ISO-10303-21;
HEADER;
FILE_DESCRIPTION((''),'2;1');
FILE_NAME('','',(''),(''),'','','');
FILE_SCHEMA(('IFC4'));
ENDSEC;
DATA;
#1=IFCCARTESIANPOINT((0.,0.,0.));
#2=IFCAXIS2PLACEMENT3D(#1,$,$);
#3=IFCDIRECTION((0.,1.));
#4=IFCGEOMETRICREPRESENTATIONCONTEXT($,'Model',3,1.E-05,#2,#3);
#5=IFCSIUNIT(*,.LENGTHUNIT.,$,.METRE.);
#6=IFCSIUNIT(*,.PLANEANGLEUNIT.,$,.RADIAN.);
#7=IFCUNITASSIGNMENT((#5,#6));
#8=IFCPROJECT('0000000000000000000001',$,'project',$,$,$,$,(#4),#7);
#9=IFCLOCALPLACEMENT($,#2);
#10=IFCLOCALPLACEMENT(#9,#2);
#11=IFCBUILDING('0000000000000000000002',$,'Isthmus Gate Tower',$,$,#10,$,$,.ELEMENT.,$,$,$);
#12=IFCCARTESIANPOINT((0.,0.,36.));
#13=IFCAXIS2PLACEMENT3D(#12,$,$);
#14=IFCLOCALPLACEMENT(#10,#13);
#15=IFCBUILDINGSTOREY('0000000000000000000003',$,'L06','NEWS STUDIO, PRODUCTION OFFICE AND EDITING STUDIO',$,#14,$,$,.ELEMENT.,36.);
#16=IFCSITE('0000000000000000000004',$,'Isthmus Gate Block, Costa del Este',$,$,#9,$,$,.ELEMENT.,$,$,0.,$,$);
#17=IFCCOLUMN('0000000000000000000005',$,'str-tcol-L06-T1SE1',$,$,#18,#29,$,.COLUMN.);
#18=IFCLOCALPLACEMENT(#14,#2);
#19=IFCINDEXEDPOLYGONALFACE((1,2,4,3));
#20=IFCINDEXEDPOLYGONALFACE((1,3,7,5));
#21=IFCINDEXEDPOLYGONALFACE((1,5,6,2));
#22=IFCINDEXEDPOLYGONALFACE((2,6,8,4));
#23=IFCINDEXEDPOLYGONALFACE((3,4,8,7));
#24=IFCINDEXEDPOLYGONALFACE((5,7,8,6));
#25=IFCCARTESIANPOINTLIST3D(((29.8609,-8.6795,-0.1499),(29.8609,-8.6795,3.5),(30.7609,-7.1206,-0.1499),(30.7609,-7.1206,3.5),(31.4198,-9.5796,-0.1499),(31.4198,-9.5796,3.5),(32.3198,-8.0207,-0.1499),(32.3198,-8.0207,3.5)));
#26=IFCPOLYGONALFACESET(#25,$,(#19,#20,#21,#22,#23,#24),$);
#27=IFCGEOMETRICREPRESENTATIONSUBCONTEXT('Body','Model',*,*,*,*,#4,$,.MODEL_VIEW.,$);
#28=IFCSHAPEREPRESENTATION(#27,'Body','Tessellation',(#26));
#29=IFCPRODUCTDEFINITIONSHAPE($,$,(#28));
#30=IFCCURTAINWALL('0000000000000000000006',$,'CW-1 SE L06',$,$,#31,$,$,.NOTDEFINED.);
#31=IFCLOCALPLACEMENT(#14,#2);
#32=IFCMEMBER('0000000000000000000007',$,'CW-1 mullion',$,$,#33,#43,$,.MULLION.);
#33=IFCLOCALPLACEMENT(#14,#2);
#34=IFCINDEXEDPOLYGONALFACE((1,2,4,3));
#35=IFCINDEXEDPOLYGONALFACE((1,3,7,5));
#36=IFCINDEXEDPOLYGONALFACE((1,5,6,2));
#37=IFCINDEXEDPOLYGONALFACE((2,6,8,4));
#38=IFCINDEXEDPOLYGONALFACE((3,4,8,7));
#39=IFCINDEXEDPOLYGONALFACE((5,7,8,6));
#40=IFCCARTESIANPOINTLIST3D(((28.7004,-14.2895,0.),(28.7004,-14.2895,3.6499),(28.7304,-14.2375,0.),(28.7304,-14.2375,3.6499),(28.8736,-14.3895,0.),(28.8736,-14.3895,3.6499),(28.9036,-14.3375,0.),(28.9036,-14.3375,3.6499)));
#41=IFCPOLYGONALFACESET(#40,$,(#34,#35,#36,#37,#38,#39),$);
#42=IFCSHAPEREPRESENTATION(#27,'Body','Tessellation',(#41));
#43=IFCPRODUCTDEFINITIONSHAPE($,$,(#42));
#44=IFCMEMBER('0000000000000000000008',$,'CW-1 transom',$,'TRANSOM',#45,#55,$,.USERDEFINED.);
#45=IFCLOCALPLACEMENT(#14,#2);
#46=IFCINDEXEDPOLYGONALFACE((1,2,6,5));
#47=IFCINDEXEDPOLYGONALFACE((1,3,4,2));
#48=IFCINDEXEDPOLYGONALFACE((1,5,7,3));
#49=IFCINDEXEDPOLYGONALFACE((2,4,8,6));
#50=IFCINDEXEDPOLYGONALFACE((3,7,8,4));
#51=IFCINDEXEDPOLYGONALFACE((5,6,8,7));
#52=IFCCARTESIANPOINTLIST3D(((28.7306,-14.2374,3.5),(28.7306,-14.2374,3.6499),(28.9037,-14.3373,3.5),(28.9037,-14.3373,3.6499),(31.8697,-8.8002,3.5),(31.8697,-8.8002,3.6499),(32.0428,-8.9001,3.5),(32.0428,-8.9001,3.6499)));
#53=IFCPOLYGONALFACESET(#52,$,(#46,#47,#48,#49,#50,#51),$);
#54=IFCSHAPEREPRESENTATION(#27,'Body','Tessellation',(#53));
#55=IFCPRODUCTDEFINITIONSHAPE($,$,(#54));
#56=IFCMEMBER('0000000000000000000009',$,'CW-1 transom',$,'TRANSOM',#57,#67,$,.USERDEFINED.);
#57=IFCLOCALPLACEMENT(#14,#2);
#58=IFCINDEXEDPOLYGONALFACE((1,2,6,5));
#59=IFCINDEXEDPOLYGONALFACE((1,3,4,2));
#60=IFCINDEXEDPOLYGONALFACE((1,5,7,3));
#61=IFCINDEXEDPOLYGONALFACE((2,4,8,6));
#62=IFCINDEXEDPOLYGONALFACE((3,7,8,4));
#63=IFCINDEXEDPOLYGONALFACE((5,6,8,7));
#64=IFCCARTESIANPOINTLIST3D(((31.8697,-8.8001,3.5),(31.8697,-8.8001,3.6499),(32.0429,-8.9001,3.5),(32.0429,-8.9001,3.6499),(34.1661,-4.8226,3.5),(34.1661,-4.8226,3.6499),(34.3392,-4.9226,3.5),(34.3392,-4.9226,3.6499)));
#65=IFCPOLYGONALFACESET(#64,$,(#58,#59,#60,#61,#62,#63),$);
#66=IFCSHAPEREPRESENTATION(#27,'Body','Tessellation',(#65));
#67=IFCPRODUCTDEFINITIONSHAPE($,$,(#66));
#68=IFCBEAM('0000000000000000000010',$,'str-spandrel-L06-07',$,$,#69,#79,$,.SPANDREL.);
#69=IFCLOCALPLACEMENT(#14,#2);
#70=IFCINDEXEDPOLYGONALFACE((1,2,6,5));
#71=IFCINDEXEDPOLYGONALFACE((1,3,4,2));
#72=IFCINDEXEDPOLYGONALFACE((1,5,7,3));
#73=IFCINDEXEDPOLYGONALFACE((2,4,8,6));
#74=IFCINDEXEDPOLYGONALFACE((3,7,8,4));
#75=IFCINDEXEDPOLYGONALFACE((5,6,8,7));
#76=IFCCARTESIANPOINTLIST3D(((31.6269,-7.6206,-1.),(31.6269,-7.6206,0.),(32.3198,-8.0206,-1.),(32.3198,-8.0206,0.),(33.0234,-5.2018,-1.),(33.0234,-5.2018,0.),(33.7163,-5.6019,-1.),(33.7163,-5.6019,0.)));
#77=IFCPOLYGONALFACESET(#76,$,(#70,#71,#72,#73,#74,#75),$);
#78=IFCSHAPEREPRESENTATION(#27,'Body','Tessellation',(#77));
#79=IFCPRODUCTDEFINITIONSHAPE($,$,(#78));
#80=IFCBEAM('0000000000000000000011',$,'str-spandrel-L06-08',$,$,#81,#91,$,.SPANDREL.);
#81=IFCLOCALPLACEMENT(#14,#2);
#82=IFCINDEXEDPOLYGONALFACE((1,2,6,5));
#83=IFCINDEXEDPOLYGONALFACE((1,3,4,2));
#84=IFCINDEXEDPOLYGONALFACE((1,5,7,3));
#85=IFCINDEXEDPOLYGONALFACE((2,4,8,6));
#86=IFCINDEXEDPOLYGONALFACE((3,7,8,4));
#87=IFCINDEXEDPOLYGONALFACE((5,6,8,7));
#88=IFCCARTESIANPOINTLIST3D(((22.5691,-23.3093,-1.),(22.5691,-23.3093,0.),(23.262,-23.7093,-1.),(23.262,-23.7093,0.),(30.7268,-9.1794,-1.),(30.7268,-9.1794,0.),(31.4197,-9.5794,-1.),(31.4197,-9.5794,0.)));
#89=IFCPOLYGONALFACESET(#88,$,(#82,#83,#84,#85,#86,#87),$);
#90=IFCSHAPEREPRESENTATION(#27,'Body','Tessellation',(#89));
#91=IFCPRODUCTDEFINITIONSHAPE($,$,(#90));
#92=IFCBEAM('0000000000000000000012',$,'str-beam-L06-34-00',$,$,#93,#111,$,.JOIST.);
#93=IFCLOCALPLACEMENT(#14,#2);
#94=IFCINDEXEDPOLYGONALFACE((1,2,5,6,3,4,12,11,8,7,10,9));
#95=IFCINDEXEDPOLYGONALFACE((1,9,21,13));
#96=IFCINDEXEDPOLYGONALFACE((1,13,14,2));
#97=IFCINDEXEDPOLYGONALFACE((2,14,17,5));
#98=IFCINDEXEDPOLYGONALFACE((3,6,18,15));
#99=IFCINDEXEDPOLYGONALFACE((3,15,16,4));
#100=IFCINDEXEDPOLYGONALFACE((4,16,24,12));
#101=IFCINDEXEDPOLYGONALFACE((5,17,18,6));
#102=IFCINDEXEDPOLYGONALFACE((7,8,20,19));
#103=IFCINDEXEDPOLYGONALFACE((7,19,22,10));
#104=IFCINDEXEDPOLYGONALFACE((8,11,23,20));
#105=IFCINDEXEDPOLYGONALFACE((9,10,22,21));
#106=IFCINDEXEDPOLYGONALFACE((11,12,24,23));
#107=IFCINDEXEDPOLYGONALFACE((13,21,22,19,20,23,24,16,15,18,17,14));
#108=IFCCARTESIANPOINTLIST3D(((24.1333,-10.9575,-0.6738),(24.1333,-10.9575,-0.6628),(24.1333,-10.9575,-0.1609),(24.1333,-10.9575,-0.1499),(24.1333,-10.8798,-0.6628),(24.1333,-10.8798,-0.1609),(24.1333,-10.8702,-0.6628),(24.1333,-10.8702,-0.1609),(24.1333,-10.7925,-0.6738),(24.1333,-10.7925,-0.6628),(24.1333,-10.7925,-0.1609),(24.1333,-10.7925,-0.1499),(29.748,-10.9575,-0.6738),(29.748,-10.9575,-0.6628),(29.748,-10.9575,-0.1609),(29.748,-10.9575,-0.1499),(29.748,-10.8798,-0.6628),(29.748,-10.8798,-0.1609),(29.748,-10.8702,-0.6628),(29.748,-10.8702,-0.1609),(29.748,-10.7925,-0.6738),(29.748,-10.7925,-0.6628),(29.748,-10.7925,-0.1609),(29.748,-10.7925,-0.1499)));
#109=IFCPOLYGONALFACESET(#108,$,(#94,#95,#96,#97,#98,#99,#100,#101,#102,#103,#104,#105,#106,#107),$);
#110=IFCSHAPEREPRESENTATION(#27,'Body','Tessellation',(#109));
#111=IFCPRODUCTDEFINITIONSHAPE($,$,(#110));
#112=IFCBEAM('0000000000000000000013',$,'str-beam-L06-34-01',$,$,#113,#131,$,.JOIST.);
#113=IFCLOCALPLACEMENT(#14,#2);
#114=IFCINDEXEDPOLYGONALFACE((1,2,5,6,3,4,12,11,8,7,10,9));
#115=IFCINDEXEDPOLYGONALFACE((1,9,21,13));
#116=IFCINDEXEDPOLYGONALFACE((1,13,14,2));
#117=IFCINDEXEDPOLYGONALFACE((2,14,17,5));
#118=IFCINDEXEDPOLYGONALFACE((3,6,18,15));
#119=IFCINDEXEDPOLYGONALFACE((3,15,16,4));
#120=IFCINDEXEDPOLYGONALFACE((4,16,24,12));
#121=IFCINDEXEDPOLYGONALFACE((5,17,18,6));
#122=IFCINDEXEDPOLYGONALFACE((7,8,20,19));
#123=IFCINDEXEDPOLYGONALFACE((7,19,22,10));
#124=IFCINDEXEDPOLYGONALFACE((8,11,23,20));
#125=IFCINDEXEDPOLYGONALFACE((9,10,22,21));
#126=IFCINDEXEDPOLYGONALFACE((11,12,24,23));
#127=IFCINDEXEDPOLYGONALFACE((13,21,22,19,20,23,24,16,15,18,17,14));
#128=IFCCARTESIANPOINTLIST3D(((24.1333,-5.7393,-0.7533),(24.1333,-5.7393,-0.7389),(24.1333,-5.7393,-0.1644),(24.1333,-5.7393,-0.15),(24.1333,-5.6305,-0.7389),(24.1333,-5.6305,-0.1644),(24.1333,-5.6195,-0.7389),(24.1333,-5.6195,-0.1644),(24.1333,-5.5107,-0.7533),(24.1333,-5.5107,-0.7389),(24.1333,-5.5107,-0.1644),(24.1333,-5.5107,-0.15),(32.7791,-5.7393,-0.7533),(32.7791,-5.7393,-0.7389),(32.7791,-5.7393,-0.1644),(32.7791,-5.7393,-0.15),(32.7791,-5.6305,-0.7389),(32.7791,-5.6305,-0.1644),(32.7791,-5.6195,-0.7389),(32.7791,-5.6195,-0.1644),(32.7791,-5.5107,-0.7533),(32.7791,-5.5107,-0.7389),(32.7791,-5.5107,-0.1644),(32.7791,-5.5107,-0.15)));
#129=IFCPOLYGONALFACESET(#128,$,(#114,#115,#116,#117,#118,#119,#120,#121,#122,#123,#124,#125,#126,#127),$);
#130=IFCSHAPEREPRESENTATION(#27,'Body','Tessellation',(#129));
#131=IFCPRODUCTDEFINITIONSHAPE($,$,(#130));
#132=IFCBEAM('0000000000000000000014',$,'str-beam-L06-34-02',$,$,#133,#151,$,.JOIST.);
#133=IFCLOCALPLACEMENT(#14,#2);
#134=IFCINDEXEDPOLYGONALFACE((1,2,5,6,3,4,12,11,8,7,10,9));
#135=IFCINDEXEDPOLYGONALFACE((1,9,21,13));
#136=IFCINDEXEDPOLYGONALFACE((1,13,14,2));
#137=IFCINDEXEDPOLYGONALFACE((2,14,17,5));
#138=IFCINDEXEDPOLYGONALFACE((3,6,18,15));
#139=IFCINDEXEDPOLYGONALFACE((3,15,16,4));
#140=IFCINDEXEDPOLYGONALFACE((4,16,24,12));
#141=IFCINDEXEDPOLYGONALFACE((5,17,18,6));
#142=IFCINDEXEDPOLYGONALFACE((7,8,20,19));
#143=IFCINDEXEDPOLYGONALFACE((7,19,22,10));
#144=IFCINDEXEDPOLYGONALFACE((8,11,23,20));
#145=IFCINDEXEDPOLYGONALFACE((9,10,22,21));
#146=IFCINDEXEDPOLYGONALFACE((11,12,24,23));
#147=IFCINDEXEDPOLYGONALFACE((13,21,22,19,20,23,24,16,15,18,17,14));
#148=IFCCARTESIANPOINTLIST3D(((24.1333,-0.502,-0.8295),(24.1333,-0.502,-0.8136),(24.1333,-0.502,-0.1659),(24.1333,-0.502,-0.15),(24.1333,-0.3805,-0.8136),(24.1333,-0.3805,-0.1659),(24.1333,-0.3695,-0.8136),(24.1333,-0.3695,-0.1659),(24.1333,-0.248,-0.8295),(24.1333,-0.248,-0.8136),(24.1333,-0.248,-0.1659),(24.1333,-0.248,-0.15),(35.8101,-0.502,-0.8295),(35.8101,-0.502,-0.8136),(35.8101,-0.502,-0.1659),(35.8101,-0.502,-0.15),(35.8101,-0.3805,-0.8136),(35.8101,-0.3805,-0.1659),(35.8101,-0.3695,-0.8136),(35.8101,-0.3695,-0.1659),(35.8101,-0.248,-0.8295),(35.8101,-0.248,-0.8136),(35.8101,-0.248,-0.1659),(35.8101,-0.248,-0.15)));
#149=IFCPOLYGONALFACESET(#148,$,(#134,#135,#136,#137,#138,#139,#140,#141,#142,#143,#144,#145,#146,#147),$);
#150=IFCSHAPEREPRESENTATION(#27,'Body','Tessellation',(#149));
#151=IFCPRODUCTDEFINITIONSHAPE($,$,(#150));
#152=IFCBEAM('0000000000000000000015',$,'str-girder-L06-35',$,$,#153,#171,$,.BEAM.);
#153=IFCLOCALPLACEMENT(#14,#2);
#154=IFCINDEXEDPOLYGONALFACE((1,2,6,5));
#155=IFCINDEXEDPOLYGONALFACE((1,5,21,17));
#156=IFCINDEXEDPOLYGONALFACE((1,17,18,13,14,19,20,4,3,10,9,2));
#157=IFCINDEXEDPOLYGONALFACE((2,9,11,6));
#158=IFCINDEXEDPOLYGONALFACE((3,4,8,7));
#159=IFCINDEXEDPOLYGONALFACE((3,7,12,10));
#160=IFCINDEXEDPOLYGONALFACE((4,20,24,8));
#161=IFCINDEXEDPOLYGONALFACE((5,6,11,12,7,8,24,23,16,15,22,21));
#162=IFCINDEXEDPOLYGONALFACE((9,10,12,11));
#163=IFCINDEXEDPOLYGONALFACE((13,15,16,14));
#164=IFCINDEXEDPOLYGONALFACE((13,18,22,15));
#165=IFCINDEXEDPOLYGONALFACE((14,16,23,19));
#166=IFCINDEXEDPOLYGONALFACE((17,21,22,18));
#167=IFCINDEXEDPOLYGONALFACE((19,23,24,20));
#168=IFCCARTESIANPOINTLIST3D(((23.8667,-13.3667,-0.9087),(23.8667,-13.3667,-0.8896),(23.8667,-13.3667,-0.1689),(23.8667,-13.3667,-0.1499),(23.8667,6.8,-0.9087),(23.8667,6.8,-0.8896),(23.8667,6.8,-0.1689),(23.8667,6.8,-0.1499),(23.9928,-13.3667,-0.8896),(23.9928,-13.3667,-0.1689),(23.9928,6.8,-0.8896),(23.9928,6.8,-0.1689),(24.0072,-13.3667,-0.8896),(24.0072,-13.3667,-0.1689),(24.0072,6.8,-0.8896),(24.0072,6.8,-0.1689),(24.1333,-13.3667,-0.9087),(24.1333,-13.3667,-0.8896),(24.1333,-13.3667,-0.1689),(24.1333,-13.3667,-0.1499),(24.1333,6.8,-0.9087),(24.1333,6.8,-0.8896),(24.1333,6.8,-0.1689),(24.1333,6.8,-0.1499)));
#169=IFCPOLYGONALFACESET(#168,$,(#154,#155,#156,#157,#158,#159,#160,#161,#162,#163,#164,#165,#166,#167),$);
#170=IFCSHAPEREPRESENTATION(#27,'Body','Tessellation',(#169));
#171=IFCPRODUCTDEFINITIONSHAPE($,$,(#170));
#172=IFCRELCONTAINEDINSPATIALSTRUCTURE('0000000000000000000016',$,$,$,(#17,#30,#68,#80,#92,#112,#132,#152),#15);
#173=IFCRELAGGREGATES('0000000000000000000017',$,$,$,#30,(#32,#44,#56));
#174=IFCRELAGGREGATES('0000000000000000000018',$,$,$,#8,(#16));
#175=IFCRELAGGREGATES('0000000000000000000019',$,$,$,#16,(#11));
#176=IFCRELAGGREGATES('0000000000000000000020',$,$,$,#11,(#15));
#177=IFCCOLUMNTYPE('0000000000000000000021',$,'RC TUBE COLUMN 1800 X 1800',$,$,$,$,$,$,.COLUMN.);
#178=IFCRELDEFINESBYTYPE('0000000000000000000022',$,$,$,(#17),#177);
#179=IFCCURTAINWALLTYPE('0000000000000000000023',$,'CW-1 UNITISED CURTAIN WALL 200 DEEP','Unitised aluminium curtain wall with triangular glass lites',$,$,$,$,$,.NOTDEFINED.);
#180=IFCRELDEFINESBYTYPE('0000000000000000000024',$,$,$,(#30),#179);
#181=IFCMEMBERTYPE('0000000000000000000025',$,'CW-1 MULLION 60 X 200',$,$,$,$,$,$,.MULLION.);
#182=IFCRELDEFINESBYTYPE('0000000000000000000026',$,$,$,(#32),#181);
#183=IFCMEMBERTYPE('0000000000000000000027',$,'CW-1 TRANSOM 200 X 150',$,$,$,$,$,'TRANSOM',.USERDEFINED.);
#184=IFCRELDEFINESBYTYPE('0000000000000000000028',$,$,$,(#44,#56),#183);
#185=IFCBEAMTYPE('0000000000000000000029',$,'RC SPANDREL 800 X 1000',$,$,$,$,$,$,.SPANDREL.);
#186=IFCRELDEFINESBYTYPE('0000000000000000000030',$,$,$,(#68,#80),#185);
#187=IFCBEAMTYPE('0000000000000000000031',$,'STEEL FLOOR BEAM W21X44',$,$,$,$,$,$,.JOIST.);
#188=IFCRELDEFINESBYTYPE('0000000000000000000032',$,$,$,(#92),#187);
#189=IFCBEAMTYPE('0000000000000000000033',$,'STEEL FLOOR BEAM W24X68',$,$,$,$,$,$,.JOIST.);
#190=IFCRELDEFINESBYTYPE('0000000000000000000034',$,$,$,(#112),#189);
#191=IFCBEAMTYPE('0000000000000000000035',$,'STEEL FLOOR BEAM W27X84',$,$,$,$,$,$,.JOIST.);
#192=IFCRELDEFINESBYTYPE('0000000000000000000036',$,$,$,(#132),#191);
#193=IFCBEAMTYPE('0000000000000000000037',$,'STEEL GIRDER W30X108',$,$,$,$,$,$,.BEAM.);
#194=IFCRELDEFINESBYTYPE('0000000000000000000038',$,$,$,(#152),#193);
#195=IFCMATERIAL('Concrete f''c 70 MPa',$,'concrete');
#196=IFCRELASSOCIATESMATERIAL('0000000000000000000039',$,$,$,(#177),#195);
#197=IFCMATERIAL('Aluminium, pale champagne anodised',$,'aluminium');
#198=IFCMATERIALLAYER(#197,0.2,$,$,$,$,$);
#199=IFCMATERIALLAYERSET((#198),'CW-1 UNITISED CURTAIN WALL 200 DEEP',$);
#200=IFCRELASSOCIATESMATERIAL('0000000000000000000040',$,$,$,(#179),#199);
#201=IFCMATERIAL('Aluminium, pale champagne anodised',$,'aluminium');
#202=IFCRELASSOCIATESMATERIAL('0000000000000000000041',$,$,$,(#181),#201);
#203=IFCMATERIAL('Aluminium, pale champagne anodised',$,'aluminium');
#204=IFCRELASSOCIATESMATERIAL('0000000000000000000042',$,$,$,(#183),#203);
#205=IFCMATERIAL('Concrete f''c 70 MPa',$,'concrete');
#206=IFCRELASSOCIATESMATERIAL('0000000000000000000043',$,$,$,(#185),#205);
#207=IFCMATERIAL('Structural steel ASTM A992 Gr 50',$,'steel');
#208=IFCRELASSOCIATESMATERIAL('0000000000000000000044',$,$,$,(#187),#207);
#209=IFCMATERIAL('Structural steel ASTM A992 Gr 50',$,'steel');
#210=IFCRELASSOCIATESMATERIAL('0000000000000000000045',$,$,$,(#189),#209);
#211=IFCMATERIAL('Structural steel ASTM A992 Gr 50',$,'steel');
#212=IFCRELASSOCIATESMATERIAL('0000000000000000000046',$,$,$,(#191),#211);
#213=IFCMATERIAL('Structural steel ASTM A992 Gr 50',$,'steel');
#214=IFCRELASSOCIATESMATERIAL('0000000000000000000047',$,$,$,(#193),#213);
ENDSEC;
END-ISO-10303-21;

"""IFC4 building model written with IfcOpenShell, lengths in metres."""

from ifc_helpers import new_model, si_unit, direction, frame, origin, origin_2d, place, context, subcontext, project, spatial, rectangle, i_section, extrude, material, layer, layer_set, material_profile, profile_set, type_object, element, aggregate, save


model = new_model("IFC4")

# Units and contexts
model_context = context("Model", 3, precision=1e-05, world=origin(), true_north=direction((0.0, 1.0)))
body_context = subcontext(model_context, "Body", "Model", "MODEL_VIEW")
ifc_project = project(units=[si_unit("LENGTHUNIT", "METRE"), si_unit("PLANEANGLEUNIT", "RADIAN")], contexts=[model_context])

# Site, building, storey
site_placement = place(None, origin())
site = spatial("IfcSite", under=ifc_project, at=site_placement, Name="Isthmus Gate Block, Costa del Este", CompositionType="ELEMENT", RefElevation=0.0)
building_placement = place(site_placement, origin())
building = spatial("IfcBuilding", under=site, at=building_placement, Name="Isthmus Gate Tower", CompositionType="ELEMENT")
storey_placement = place(building_placement, frame((0.0, 0.0, 36.0)))
storey = spatial("IfcBuildingStorey", under=building, at=storey_placement, Name="L06", Description="NEWS STUDIO, PRODUCTION OFFICE AND EDITING STUDIO", CompositionType="ELEMENT", Elevation=36.0)

# Column
ifc_material_1 = material(Name="Concrete f'c 70 MPa", Category="concrete")
ifc_material_profile_1 = material_profile(ifc_material_1, rectangle(XDim=1.8, YDim=1.8, at=origin_2d()), Name="RC 1800X1800")
ifc_profile_set_1 = profile_set([ifc_material_profile_1], Name="Concrete f'c 70 MPa")
column_type = type_object("IfcColumnType", Name="RC TUBE COLUMN 1800 X 1800", PredefinedType="COLUMN", material=ifc_profile_set_1)
column_placement = place(storey_placement, frame((31.0903, -8.3501, -0.1499), z_axis=(0.0, 0.0, 1.0), x_axis=(0.5, 0.866025, 0.0)))
element("IfcColumn", 1, at=column_placement, inside=storey, type_object=column_type, Name="str-tcol-L06-T1SE1", PredefinedType="COLUMN", context=body_context, shape_type="SweptSolid", body=[
    extrude(rectangle(XDim=1.8, YDim=1.8, at=origin_2d()), origin(), (0.0, 0.0, 1.0), 3.6499),
])

# Curtain wall, members
ifc_material_2 = material(Name="Aluminium, pale champagne anodised", Category="aluminium")
ifc_layer_1 = layer(ifc_material_2, 0.2)
ifc_layer_set_1 = layer_set([ifc_layer_1], Name="CW-1 UNITISED CURTAIN WALL 200 DEEP")
curtain_wall_type = type_object("IfcCurtainWallType", Name="CW-1 UNITISED CURTAIN WALL 200 DEEP", Description="Unitised aluminium curtain wall with triangular glass lites", PredefinedType="NOTDEFINED", material=ifc_layer_set_1)
curtain_wall_placement = place(storey_placement, origin())
curtain_wall = element("IfcCurtainWall", 2, at=curtain_wall_placement, inside=storey, type_object=curtain_wall_type, Name="CW-1 SE L06", PredefinedType="NOTDEFINED")
ifc_material_3 = material(Name="Aluminium, pale champagne anodised", Category="aluminium")
ifc_material_profile_2 = material_profile(ifc_material_3, rectangle(XDim=0.0601, YDim=0.2, at=origin_2d()), Name="60x200")
ifc_profile_set_2 = profile_set([ifc_material_profile_2], Name="Aluminium, pale champagne anodised")
member_type_1 = type_object("IfcMemberType", Name="CW-1 MULLION 60 X 200", PredefinedType="MULLION", material=ifc_profile_set_2)
member_1_placement = place(storey_placement, frame((28.802, -14.3135, 0.0), z_axis=(0.0, 0.0, 1.0), x_axis=(0.5, 0.866025, 0.0)))
member_1 = element("IfcMember", 3, at=member_1_placement, type_object=member_type_1, Name="CW-1 mullion", PredefinedType="MULLION", context=body_context, shape_type="SweptSolid", body=[
    extrude(rectangle(XDim=0.0601, YDim=0.2, at=origin_2d()), origin(), (0.0, 0.0, 1.0), 3.6499),
])
ifc_material_4 = material(Name="Aluminium, pale champagne anodised", Category="aluminium")
ifc_material_profile_3 = material_profile(ifc_material_4, rectangle(XDim=0.2, YDim=0.1499, at=origin_2d()), Name="200x150")
ifc_profile_set_3 = profile_set([ifc_material_profile_3], Name="Aluminium, pale champagne anodised")
member_type_2 = type_object("IfcMemberType", Name="CW-1 TRANSOM 200 X 150", ElementType="TRANSOM", PredefinedType="USERDEFINED", material=ifc_profile_set_3)
member_2_placement = place(storey_placement, frame((28.8171, -14.2874, 3.575), z_axis=(0.499995, 0.866028, 0.0), x_axis=(-0.866028, 0.499995, 0.0)))
member_2 = element("IfcMember", 4, at=member_2_placement, type_object=member_type_2, Name="CW-1 transom", ObjectType="TRANSOM", PredefinedType="USERDEFINED", context=body_context, shape_type="SweptSolid", body=[
    extrude(rectangle(XDim=0.2, YDim=0.1499, at=origin_2d()), origin(), (0.0, 0.0, 1.0), 6.2783),
])
member_3_placement = place(storey_placement, frame((31.9563, -8.8501, 3.575), z_axis=(0.499992, 0.86603, 0.0), x_axis=(-0.86603, 0.499992, 0.0)))
member_3 = element("IfcMember", 5, at=member_3_placement, type_object=member_type_2, Name="CW-1 transom", ObjectType="TRANSOM", PredefinedType="USERDEFINED", context=body_context, shape_type="SweptSolid", body=[
    extrude(rectangle(XDim=0.2, YDim=0.1499, at=origin_2d()), origin(), (0.0, 0.0, 1.0), 4.5928),
])

# Beams
ifc_material_5 = material(Name="Concrete f'c 70 MPa", Category="concrete")
ifc_material_profile_4 = material_profile(ifc_material_5, rectangle(XDim=0.8, YDim=1.0, at=origin_2d()), Name="RC 800X1000")
ifc_profile_set_4 = profile_set([ifc_material_profile_4], Name="Concrete f'c 70 MPa")
beam_type_1 = type_object("IfcBeamType", Name="RC SPANDREL 800 X 1000", PredefinedType="SPANDREL", material=ifc_profile_set_4)
beam_1_placement = place(storey_placement, frame((33.3699, -5.4019, -0.5), z_axis=(-0.500013, -0.866018, 0.0), x_axis=(0.866018, -0.500013, 0.0)))
element("IfcBeam", 6, at=beam_1_placement, inside=storey, type_object=beam_type_1, Name="str-spandrel-L06-07", PredefinedType="SPANDREL", context=body_context, shape_type="SweptSolid", body=[
    extrude(rectangle(XDim=0.8, YDim=1.0, at=origin_2d()), origin(), (0.0, 0.0, 1.0), 2.793),
])
beam_2_placement = place(storey_placement, frame((31.0732, -9.3794, -0.5), z_axis=(-0.499992, -0.86603, 0.0), x_axis=(0.86603, -0.499992, 0.0)))
element("IfcBeam", 7, at=beam_2_placement, inside=storey, type_object=beam_type_1, Name="str-spandrel-L06-08", PredefinedType="SPANDREL", context=body_context, shape_type="SweptSolid", body=[
    extrude(rectangle(XDim=0.8, YDim=1.0, at=origin_2d()), origin(), (0.0, 0.0, 1.0), 16.3157),
])
ifc_material_6 = material(Name="Structural steel ASTM A992 Gr 50", Category="steel")
ifc_material_profile_5 = material_profile(ifc_material_6, i_section(OverallWidth=0.165, OverallDepth=0.5239, WebThickness=0.0095, FlangeThickness=0.011, at=origin_2d()), Name="W21X44")
ifc_profile_set_5 = profile_set([ifc_material_profile_5], Name="Structural steel ASTM A992 Gr 50")
beam_type_2 = type_object("IfcBeamType", Name="STEEL FLOOR BEAM W21X44", PredefinedType="JOIST", material=ifc_profile_set_5)
beam_3_placement = place(storey_placement, frame((24.1333, -10.875, -0.4119), z_axis=(1.0, 0.0, 0.0), x_axis=(0.0, 1.0, 0.0)))
element("IfcBeam", 8, at=beam_3_placement, inside=storey, type_object=beam_type_2, Name="str-beam-L06-34-00", PredefinedType="JOIST", context=body_context, shape_type="SweptSolid", body=[
    extrude(i_section(OverallWidth=0.165, OverallDepth=0.5239, WebThickness=0.0095, FlangeThickness=0.011, at=origin_2d()), origin(), (0.0, 0.0, 1.0), 5.6147),
])
ifc_material_7 = material(Name="Structural steel ASTM A992 Gr 50", Category="steel")
ifc_material_profile_6 = material_profile(ifc_material_7, i_section(OverallWidth=0.2285, OverallDepth=0.6033, WebThickness=0.011, FlangeThickness=0.0144, at=origin_2d()), Name="W24X68")
ifc_profile_set_6 = profile_set([ifc_material_profile_6], Name="Structural steel ASTM A992 Gr 50")
beam_type_3 = type_object("IfcBeamType", Name="STEEL FLOOR BEAM W24X68", PredefinedType="JOIST", material=ifc_profile_set_6)
beam_4_placement = place(storey_placement, frame((24.1333, -5.625, -0.4517), z_axis=(1.0, 0.0, 0.0), x_axis=(0.0, 1.0, 0.0)))
element("IfcBeam", 9, at=beam_4_placement, inside=storey, type_object=beam_type_3, Name="str-beam-L06-34-01", PredefinedType="JOIST", context=body_context, shape_type="SweptSolid", body=[
    extrude(i_section(OverallWidth=0.2285, OverallDepth=0.6033, WebThickness=0.011, FlangeThickness=0.0144, at=origin_2d()), origin(), (0.0, 0.0, 1.0), 8.6458),
])
ifc_material_8 = material(Name="Structural steel ASTM A992 Gr 50", Category="steel")
ifc_material_profile_7 = material_profile(ifc_material_8, i_section(OverallWidth=0.2539, OverallDepth=0.6794, WebThickness=0.011, FlangeThickness=0.0159, at=origin_2d()), Name="W27X84")
ifc_profile_set_7 = profile_set([ifc_material_profile_7], Name="Structural steel ASTM A992 Gr 50")
beam_type_4 = type_object("IfcBeamType", Name="STEEL FLOOR BEAM W27X84", PredefinedType="JOIST", material=ifc_profile_set_7)
beam_5_placement = place(storey_placement, frame((24.1333, -0.375, -0.4897), z_axis=(1.0, 0.0, 0.0), x_axis=(0.0, 1.0, 0.0)))
element("IfcBeam", 10, at=beam_5_placement, inside=storey, type_object=beam_type_4, Name="str-beam-L06-34-02", PredefinedType="JOIST", context=body_context, shape_type="SweptSolid", body=[
    extrude(i_section(OverallWidth=0.2539, OverallDepth=0.6794, WebThickness=0.011, FlangeThickness=0.0159, at=origin_2d()), origin(), (0.0, 0.0, 1.0), 11.6768),
])
ifc_material_9 = material(Name="Structural steel ASTM A992 Gr 50", Category="steel")
ifc_material_profile_8 = material_profile(ifc_material_9, i_section(OverallWidth=0.2666, OverallDepth=0.7588, WebThickness=0.0144, FlangeThickness=0.019, at=origin_2d()), Name="W30X108")
ifc_profile_set_8 = profile_set([ifc_material_profile_8], Name="Structural steel ASTM A992 Gr 50")
beam_type_5 = type_object("IfcBeamType", Name="STEEL GIRDER W30X108", PredefinedType="BEAM", material=ifc_profile_set_8)
beam_6_placement = place(storey_placement, frame((24.0, -13.3667, -0.5293), z_axis=(0.0, 1.0, 0.0), x_axis=(-1.0, 0.0, 0.0)))
element("IfcBeam", 11, at=beam_6_placement, inside=storey, type_object=beam_type_5, Name="str-girder-L06-35", PredefinedType="BEAM", context=body_context, shape_type="SweptSolid", body=[
    extrude(i_section(OverallWidth=0.2666, OverallDepth=0.7588, WebThickness=0.0144, FlangeThickness=0.019, at=origin_2d()), origin(), (0.0, 0.0, 1.0), 20.1667),
])

aggregate(curtain_wall, [member_1, member_2, member_3])

save(model, "model.ifc")
